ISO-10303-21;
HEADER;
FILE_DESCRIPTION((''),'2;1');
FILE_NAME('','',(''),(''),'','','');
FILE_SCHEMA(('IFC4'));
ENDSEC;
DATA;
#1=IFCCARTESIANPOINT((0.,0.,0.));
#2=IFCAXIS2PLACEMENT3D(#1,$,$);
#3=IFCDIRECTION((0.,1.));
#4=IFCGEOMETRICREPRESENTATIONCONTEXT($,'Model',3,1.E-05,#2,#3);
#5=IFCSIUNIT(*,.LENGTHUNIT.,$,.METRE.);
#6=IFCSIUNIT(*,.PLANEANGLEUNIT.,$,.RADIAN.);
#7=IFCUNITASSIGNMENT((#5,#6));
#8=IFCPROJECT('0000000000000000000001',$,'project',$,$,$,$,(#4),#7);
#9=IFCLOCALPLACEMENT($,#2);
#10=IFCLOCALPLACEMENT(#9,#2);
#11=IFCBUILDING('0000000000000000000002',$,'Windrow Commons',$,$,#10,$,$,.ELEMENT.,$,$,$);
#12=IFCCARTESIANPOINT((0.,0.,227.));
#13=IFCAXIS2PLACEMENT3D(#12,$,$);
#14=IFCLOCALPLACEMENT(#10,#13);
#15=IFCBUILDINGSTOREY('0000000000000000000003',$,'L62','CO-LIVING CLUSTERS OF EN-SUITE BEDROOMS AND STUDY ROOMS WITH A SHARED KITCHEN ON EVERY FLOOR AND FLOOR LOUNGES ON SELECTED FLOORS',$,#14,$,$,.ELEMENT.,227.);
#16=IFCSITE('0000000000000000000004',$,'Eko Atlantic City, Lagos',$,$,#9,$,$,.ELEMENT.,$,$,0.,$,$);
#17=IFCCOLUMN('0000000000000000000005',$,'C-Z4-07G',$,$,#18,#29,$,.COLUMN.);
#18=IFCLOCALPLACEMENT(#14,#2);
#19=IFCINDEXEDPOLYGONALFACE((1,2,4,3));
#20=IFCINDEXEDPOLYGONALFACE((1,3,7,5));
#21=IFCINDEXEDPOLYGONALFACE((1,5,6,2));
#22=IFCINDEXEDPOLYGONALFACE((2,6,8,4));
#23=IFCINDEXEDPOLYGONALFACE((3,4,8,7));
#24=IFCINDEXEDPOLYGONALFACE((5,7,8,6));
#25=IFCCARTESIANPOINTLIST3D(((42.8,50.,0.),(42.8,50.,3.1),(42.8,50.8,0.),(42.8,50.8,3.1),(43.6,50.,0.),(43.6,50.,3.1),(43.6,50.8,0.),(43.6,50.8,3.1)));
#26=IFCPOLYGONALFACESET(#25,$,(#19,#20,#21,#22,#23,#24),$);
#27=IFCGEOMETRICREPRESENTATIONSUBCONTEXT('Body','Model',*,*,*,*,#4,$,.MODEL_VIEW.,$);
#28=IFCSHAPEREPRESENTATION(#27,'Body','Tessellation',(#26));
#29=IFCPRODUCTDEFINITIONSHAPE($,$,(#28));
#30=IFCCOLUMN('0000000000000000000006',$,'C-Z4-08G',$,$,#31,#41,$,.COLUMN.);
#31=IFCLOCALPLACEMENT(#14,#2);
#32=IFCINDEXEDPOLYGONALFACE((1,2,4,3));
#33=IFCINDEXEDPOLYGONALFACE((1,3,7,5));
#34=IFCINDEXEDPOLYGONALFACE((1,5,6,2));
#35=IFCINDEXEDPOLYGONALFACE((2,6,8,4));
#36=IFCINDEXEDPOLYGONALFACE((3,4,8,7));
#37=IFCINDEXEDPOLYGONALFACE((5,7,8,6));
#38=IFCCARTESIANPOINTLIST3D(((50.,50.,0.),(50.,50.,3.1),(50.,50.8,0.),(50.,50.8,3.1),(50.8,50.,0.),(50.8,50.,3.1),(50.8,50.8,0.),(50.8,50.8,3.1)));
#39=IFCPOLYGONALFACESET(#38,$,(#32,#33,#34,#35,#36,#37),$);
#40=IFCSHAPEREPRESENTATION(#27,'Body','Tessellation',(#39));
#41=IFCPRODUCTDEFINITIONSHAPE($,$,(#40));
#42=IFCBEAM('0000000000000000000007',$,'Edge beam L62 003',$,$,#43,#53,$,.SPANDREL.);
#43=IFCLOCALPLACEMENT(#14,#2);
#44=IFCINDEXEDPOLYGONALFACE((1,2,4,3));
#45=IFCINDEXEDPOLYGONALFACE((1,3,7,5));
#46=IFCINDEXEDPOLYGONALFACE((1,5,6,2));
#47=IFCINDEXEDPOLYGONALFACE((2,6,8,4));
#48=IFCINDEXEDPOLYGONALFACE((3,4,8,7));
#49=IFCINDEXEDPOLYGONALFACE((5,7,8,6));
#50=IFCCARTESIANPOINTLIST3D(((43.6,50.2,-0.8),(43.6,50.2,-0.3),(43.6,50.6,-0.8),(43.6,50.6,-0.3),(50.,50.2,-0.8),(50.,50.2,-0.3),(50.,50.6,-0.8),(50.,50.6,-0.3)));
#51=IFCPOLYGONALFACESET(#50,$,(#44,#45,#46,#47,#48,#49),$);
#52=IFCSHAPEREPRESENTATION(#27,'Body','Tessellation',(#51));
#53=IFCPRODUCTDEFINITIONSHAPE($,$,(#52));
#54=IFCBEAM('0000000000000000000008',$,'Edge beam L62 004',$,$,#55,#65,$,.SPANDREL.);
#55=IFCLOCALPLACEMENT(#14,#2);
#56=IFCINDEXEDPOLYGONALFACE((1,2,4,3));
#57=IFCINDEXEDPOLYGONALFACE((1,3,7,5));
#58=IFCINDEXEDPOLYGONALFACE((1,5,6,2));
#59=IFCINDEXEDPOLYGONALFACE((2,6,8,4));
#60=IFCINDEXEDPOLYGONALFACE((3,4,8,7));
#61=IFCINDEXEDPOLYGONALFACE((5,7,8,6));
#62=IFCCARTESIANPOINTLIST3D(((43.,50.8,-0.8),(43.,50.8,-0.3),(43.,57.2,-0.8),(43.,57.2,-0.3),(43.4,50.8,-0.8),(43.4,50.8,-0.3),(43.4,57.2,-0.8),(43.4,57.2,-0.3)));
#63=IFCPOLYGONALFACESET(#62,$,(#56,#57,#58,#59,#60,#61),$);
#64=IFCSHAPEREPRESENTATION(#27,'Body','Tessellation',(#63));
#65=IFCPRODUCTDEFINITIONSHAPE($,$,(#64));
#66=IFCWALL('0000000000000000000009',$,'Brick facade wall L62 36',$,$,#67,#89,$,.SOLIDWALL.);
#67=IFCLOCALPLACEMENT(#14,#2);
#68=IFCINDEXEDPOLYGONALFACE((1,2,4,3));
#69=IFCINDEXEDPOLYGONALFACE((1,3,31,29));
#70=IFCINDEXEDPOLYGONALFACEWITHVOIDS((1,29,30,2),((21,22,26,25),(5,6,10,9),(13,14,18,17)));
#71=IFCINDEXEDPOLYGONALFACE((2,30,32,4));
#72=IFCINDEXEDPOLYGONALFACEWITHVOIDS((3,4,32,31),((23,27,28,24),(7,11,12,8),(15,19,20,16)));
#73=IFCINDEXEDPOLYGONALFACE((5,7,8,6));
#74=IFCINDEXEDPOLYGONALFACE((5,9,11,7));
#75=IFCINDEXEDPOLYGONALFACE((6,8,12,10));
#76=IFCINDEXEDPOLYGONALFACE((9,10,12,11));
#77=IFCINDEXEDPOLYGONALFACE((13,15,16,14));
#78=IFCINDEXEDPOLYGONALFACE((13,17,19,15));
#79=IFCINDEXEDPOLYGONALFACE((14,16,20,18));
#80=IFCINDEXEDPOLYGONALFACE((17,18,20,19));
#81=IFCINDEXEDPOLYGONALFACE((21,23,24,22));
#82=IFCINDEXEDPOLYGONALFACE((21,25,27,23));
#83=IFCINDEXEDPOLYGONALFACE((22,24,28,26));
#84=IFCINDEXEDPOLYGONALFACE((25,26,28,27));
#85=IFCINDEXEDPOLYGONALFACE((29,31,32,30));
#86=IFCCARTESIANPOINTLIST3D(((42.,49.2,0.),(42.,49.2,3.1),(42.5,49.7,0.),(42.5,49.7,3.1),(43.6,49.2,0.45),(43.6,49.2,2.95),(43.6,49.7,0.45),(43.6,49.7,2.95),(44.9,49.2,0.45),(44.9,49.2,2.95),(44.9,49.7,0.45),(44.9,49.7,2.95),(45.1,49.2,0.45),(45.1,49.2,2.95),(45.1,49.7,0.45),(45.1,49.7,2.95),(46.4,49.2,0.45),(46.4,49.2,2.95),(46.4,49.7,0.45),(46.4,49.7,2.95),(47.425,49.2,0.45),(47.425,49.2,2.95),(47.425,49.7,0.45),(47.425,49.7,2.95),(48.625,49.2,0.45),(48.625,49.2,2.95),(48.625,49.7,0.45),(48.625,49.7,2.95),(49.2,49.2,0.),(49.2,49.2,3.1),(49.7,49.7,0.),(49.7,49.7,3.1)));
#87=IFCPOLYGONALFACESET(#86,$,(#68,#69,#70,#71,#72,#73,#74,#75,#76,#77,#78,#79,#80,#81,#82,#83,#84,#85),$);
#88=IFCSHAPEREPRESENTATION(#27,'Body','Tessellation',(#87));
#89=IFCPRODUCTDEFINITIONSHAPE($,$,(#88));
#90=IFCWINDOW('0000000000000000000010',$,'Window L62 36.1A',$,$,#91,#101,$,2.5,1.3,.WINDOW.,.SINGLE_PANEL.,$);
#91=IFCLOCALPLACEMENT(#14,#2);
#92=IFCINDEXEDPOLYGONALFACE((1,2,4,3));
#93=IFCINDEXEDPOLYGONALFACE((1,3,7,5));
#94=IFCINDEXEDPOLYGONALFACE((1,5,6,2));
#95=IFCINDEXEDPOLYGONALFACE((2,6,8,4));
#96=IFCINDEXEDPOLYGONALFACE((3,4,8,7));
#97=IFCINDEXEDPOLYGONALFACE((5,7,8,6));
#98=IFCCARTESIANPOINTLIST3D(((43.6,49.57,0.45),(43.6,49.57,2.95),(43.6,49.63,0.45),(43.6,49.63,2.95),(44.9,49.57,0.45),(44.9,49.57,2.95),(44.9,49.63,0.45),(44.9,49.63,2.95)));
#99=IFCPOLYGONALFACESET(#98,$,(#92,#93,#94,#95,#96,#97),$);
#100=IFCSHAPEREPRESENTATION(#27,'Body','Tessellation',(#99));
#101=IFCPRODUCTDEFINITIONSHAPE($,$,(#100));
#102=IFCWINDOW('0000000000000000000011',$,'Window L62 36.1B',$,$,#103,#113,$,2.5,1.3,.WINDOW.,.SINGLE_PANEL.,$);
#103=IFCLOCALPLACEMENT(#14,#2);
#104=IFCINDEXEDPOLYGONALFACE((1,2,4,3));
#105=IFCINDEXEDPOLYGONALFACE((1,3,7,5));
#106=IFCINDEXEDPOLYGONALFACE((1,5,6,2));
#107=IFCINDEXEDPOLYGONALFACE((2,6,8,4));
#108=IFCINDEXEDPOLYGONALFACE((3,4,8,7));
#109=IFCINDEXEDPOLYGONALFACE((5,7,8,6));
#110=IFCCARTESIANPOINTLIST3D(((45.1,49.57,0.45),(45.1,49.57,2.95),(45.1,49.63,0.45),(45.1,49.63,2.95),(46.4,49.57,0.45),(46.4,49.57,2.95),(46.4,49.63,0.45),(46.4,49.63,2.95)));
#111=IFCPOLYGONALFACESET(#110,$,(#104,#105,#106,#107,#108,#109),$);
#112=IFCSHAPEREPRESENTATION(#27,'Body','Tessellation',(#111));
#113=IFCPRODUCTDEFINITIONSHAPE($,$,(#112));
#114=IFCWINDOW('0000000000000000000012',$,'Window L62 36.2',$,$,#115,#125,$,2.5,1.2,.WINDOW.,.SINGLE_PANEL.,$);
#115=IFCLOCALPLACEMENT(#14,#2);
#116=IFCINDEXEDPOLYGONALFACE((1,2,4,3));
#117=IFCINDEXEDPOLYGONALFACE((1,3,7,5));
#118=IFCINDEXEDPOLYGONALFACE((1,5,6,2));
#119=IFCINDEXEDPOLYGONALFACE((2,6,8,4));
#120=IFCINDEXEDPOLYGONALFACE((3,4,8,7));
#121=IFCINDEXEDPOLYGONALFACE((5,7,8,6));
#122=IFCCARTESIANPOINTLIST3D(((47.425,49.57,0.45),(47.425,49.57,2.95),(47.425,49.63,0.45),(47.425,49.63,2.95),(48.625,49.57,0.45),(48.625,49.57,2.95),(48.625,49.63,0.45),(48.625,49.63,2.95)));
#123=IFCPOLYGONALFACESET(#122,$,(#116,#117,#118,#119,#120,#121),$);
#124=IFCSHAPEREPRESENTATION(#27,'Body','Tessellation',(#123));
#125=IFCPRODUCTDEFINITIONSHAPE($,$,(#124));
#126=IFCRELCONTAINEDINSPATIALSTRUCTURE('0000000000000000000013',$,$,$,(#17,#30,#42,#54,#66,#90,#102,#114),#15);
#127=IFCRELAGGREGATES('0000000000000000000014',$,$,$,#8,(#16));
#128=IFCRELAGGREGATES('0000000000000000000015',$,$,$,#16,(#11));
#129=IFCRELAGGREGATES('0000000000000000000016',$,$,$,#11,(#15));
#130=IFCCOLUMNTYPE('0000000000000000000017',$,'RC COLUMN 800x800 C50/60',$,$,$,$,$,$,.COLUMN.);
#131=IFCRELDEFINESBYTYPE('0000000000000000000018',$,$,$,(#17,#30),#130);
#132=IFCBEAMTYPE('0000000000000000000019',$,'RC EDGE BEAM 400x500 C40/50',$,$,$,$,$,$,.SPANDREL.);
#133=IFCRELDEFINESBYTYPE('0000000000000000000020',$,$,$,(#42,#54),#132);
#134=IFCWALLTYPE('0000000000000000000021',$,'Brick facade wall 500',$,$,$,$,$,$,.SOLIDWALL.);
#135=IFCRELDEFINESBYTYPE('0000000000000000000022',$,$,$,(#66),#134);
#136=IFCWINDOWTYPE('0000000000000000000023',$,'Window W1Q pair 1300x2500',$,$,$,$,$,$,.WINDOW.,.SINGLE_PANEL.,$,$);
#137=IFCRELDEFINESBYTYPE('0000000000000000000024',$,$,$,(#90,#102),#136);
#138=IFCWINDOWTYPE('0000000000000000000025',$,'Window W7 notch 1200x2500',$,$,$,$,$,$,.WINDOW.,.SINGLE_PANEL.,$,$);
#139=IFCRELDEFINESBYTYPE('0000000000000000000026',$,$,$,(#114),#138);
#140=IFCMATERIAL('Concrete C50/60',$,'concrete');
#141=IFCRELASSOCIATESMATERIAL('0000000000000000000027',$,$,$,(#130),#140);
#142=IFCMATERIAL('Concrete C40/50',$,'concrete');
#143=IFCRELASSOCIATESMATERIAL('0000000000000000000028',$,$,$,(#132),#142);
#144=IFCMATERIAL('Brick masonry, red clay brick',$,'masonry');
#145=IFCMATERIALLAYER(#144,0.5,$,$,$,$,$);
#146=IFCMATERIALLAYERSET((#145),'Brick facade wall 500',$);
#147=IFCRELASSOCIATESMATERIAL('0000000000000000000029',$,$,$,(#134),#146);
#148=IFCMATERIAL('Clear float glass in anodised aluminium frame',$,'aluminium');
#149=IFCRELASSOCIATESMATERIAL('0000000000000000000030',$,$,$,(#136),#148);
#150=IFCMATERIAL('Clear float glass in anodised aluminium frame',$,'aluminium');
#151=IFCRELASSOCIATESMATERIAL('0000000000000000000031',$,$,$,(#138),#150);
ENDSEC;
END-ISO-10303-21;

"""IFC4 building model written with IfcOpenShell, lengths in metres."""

from ifc_helpers import new_model, si_unit, direction, frame, frame_2d, origin, origin_2d, place, context, subcontext, project, spatial, polyline, rectangle, outline, extrude, material, layer, layer_set, material_profile, profile_set, type_object, element, fill, save


model = new_model("IFC4")

# Units and contexts
model_context = context("Model", 3, precision=1e-05, world=origin(), true_north=direction((0.0, 1.0)))
body_context = subcontext(model_context, "Body", "Model", "MODEL_VIEW")
ifc_project = project(units=[si_unit("LENGTHUNIT", "METRE"), si_unit("PLANEANGLEUNIT", "RADIAN")], contexts=[model_context])

# Site, building, storey
site_placement = place(None, origin())
site = spatial("IfcSite", under=ifc_project, at=site_placement, Name="Eko Atlantic City, Lagos", CompositionType="ELEMENT", RefElevation=0.0)
building_placement = place(site_placement, origin())
building = spatial("IfcBuilding", under=site, at=building_placement, Name="Windrow Commons", CompositionType="ELEMENT")
storey_placement = place(building_placement, frame((0.0, 0.0, 227.0)))
storey = spatial("IfcBuildingStorey", under=building, at=storey_placement, Name="L62", Description="CO-LIVING CLUSTERS OF EN-SUITE BEDROOMS AND STUDY ROOMS WITH A SHARED KITCHEN ON EVERY FLOOR AND FLOOR LOUNGES ON SELECTED FLOORS", CompositionType="ELEMENT", Elevation=227.0)

# Columns
ifc_material_1 = material(Name="Concrete C50/60", Category="concrete")
ifc_material_profile_1 = material_profile(ifc_material_1, rectangle(XDim=0.8, YDim=0.8, at=origin_2d()))
ifc_profile_set_1 = profile_set([ifc_material_profile_1], Name="Concrete C50/60")
column_type = type_object("IfcColumnType", Name="RC COLUMN 800x800 C50/60", PredefinedType="COLUMN", material=ifc_profile_set_1)
for number, where, z_axis, x_axis, name in (
    (1, (43.2, 50.4, 0.0), (0.0, 0.0, 1.0), (1.0, 0.0, 0.0), "C-Z4-07G"),
    (2, (50.4, 50.4, 0.0), (0.0, 0.0, 1.0), (1.0, 0.0, 0.0), "C-Z4-08G"),
):
    element("IfcColumn", number, at=place(storey_placement, frame(where, z_axis=z_axis, x_axis=x_axis)), inside=storey, type_object=column_type, Name=name, PredefinedType="COLUMN", context=body_context, shape_type="SweptSolid", body=[
        extrude(rectangle(XDim=0.8, YDim=0.8, at=origin_2d()), origin(), (0.0, 0.0, 1.0), 3.1),
    ])

# Beams
ifc_material_2 = material(Name="Concrete C40/50", Category="concrete")
ifc_material_profile_2 = material_profile(ifc_material_2, rectangle(XDim=0.4, YDim=0.5, at=origin_2d()))
ifc_profile_set_2 = profile_set([ifc_material_profile_2], Name="Concrete C40/50")
beam_type = type_object("IfcBeamType", Name="RC EDGE BEAM 400x500 C40/50", PredefinedType="SPANDREL", material=ifc_profile_set_2)
for number, where, z_axis, x_axis, name in (
    (3, (50.0, 50.4, -0.55), (-1.0, 0.0, 0.0), (0.0, -1.0, 0.0), "Edge beam L62 003"),
    (4, (43.2, 50.8, -0.55), (0.0, 1.0, 0.0), (-1.0, 0.0, 0.0), "Edge beam L62 004"),
):
    element("IfcBeam", number, at=place(storey_placement, frame(where, z_axis=z_axis, x_axis=x_axis)), inside=storey, type_object=beam_type, Name=name, PredefinedType="SPANDREL", context=body_context, shape_type="SweptSolid", body=[
        extrude(rectangle(XDim=0.4, YDim=0.5, at=origin_2d()), origin(), (0.0, 0.0, 1.0), 6.4),
    ])

# Wall, openings, windows
ifc_material_3 = material(Name="Brick masonry, red clay brick", Category="masonry")
ifc_layer_1 = layer(ifc_material_3, 0.5)
ifc_layer_set_1 = layer_set([ifc_layer_1], Name="Brick facade wall 500")
wall_type_1 = type_object("IfcWallType", Name="Brick facade wall 500", PredefinedType="SOLIDWALL", material=ifc_layer_set_1)
wall_1_placement = place(storey_placement, frame((42.25, 49.45, 0.0), z_axis=(0.0, 0.0, 1.0), x_axis=(1.0, 0.0, 0.0)))
wall_1 = element("IfcWall", 5, at=wall_1_placement, inside=storey, type_object=wall_type_1, Name="Brick facade wall L62 36", PredefinedType="SOLIDWALL", context=body_context, shape_type="SweptSolid", body=[
    extrude(outline(polyline([(-0.25, -0.25), (6.95, -0.25), (7.45, 0.25), (0.25, 0.25), (-0.25, -0.25)])), origin(), (0.0, 0.0, 1.0), 3.1),
])
opening_1_placement = place(wall_1_placement, frame((1.35, 0.0, 0.45)))
opening_1 = element("IfcOpeningElement", 6, at=opening_1_placement, cuts=wall_1, PredefinedType="OPENING", context=body_context, shape_type="SweptSolid", body=[
    extrude(rectangle(XDim=1.3, YDim=2.5, at=frame_2d((0.65, 1.25))), frame((0.0, 0.26, 0.0), z_axis=(0.0, -1.0, 0.0), x_axis=(1.0, 0.0, 0.0)), (0.0, 0.0, 1.0), 0.52),
])
opening_2_placement = place(wall_1_placement, frame((2.85, 0.0, 0.45)))
opening_2 = element("IfcOpeningElement", 7, at=opening_2_placement, cuts=wall_1, PredefinedType="OPENING", context=body_context, shape_type="SweptSolid", body=[
    extrude(rectangle(XDim=1.3, YDim=2.5, at=frame_2d((0.65, 1.25))), frame((0.0, 0.26, 0.0), z_axis=(0.0, -1.0, 0.0), x_axis=(1.0, 0.0, 0.0)), (0.0, 0.0, 1.0), 0.52),
])
opening_3_placement = place(wall_1_placement, frame((5.175, 0.0, 0.45)))
opening_3 = element("IfcOpeningElement", 8, at=opening_3_placement, cuts=wall_1, PredefinedType="OPENING", context=body_context, shape_type="SweptSolid", body=[
    extrude(rectangle(XDim=1.2, YDim=2.5, at=frame_2d((0.6, 1.25))), frame((0.0, 0.26, 0.0), z_axis=(0.0, -1.0, 0.0), x_axis=(1.0, 0.0, 0.0)), (0.0, 0.0, 1.0), 0.52),
])
ifc_material_4 = material(Name="Clear float glass in anodised aluminium frame", Category="aluminium")
window_type_1 = type_object("IfcWindowType", Name="Window W1Q pair 1300x2500", PartitioningType="SINGLE_PANEL", PredefinedType="WINDOW", material=ifc_material_4)
window_1_placement = place(opening_1_placement, origin())
window_1 = element("IfcWindow", 9, at=window_1_placement, inside=storey, type_object=window_type_1, Name="Window L62 36.1A", OverallHeight=2.5, OverallWidth=1.3, PartitioningType="SINGLE_PANEL", PredefinedType="WINDOW", context=body_context, shape_type="SweptSolid", body=[
    extrude(rectangle(XDim=1.3, YDim=2.5, at=frame_2d((0.65, 1.25))), frame((0.0, 0.18, 0.0), z_axis=(0.0, -1.0, 0.0), x_axis=(1.0, 0.0, 0.0)), (0.0, 0.0, 1.0), 0.06),
])
fill(opening_1, window_1)
window_2_placement = place(opening_2_placement, origin())
window_2 = element("IfcWindow", 10, at=window_2_placement, inside=storey, type_object=window_type_1, Name="Window L62 36.1B", OverallHeight=2.5, OverallWidth=1.3, PartitioningType="SINGLE_PANEL", PredefinedType="WINDOW", context=body_context, shape_type="SweptSolid", body=[
    extrude(rectangle(XDim=1.3, YDim=2.5, at=frame_2d((0.65, 1.25))), frame((0.0, 0.18, 0.0), z_axis=(0.0, -1.0, 0.0), x_axis=(1.0, 0.0, 0.0)), (0.0, 0.0, 1.0), 0.06),
])
fill(opening_2, window_2)
ifc_material_5 = material(Name="Clear float glass in anodised aluminium frame", Category="aluminium")
window_type_2 = type_object("IfcWindowType", Name="Window W7 notch 1200x2500", PartitioningType="SINGLE_PANEL", PredefinedType="WINDOW", material=ifc_material_5)
window_3_placement = place(opening_3_placement, origin())
window_3 = element("IfcWindow", 11, at=window_3_placement, inside=storey, type_object=window_type_2, Name="Window L62 36.2", OverallHeight=2.5, OverallWidth=1.2, PartitioningType="SINGLE_PANEL", PredefinedType="WINDOW", context=body_context, shape_type="SweptSolid", body=[
    extrude(rectangle(XDim=1.2, YDim=2.5, at=frame_2d((0.6, 1.25))), frame((0.0, 0.18, 0.0), z_axis=(0.0, -1.0, 0.0), x_axis=(1.0, 0.0, 0.0)), (0.0, 0.0, 1.0), 0.06),
])
fill(opening_3, window_3)

save(model, "model.ifc")
